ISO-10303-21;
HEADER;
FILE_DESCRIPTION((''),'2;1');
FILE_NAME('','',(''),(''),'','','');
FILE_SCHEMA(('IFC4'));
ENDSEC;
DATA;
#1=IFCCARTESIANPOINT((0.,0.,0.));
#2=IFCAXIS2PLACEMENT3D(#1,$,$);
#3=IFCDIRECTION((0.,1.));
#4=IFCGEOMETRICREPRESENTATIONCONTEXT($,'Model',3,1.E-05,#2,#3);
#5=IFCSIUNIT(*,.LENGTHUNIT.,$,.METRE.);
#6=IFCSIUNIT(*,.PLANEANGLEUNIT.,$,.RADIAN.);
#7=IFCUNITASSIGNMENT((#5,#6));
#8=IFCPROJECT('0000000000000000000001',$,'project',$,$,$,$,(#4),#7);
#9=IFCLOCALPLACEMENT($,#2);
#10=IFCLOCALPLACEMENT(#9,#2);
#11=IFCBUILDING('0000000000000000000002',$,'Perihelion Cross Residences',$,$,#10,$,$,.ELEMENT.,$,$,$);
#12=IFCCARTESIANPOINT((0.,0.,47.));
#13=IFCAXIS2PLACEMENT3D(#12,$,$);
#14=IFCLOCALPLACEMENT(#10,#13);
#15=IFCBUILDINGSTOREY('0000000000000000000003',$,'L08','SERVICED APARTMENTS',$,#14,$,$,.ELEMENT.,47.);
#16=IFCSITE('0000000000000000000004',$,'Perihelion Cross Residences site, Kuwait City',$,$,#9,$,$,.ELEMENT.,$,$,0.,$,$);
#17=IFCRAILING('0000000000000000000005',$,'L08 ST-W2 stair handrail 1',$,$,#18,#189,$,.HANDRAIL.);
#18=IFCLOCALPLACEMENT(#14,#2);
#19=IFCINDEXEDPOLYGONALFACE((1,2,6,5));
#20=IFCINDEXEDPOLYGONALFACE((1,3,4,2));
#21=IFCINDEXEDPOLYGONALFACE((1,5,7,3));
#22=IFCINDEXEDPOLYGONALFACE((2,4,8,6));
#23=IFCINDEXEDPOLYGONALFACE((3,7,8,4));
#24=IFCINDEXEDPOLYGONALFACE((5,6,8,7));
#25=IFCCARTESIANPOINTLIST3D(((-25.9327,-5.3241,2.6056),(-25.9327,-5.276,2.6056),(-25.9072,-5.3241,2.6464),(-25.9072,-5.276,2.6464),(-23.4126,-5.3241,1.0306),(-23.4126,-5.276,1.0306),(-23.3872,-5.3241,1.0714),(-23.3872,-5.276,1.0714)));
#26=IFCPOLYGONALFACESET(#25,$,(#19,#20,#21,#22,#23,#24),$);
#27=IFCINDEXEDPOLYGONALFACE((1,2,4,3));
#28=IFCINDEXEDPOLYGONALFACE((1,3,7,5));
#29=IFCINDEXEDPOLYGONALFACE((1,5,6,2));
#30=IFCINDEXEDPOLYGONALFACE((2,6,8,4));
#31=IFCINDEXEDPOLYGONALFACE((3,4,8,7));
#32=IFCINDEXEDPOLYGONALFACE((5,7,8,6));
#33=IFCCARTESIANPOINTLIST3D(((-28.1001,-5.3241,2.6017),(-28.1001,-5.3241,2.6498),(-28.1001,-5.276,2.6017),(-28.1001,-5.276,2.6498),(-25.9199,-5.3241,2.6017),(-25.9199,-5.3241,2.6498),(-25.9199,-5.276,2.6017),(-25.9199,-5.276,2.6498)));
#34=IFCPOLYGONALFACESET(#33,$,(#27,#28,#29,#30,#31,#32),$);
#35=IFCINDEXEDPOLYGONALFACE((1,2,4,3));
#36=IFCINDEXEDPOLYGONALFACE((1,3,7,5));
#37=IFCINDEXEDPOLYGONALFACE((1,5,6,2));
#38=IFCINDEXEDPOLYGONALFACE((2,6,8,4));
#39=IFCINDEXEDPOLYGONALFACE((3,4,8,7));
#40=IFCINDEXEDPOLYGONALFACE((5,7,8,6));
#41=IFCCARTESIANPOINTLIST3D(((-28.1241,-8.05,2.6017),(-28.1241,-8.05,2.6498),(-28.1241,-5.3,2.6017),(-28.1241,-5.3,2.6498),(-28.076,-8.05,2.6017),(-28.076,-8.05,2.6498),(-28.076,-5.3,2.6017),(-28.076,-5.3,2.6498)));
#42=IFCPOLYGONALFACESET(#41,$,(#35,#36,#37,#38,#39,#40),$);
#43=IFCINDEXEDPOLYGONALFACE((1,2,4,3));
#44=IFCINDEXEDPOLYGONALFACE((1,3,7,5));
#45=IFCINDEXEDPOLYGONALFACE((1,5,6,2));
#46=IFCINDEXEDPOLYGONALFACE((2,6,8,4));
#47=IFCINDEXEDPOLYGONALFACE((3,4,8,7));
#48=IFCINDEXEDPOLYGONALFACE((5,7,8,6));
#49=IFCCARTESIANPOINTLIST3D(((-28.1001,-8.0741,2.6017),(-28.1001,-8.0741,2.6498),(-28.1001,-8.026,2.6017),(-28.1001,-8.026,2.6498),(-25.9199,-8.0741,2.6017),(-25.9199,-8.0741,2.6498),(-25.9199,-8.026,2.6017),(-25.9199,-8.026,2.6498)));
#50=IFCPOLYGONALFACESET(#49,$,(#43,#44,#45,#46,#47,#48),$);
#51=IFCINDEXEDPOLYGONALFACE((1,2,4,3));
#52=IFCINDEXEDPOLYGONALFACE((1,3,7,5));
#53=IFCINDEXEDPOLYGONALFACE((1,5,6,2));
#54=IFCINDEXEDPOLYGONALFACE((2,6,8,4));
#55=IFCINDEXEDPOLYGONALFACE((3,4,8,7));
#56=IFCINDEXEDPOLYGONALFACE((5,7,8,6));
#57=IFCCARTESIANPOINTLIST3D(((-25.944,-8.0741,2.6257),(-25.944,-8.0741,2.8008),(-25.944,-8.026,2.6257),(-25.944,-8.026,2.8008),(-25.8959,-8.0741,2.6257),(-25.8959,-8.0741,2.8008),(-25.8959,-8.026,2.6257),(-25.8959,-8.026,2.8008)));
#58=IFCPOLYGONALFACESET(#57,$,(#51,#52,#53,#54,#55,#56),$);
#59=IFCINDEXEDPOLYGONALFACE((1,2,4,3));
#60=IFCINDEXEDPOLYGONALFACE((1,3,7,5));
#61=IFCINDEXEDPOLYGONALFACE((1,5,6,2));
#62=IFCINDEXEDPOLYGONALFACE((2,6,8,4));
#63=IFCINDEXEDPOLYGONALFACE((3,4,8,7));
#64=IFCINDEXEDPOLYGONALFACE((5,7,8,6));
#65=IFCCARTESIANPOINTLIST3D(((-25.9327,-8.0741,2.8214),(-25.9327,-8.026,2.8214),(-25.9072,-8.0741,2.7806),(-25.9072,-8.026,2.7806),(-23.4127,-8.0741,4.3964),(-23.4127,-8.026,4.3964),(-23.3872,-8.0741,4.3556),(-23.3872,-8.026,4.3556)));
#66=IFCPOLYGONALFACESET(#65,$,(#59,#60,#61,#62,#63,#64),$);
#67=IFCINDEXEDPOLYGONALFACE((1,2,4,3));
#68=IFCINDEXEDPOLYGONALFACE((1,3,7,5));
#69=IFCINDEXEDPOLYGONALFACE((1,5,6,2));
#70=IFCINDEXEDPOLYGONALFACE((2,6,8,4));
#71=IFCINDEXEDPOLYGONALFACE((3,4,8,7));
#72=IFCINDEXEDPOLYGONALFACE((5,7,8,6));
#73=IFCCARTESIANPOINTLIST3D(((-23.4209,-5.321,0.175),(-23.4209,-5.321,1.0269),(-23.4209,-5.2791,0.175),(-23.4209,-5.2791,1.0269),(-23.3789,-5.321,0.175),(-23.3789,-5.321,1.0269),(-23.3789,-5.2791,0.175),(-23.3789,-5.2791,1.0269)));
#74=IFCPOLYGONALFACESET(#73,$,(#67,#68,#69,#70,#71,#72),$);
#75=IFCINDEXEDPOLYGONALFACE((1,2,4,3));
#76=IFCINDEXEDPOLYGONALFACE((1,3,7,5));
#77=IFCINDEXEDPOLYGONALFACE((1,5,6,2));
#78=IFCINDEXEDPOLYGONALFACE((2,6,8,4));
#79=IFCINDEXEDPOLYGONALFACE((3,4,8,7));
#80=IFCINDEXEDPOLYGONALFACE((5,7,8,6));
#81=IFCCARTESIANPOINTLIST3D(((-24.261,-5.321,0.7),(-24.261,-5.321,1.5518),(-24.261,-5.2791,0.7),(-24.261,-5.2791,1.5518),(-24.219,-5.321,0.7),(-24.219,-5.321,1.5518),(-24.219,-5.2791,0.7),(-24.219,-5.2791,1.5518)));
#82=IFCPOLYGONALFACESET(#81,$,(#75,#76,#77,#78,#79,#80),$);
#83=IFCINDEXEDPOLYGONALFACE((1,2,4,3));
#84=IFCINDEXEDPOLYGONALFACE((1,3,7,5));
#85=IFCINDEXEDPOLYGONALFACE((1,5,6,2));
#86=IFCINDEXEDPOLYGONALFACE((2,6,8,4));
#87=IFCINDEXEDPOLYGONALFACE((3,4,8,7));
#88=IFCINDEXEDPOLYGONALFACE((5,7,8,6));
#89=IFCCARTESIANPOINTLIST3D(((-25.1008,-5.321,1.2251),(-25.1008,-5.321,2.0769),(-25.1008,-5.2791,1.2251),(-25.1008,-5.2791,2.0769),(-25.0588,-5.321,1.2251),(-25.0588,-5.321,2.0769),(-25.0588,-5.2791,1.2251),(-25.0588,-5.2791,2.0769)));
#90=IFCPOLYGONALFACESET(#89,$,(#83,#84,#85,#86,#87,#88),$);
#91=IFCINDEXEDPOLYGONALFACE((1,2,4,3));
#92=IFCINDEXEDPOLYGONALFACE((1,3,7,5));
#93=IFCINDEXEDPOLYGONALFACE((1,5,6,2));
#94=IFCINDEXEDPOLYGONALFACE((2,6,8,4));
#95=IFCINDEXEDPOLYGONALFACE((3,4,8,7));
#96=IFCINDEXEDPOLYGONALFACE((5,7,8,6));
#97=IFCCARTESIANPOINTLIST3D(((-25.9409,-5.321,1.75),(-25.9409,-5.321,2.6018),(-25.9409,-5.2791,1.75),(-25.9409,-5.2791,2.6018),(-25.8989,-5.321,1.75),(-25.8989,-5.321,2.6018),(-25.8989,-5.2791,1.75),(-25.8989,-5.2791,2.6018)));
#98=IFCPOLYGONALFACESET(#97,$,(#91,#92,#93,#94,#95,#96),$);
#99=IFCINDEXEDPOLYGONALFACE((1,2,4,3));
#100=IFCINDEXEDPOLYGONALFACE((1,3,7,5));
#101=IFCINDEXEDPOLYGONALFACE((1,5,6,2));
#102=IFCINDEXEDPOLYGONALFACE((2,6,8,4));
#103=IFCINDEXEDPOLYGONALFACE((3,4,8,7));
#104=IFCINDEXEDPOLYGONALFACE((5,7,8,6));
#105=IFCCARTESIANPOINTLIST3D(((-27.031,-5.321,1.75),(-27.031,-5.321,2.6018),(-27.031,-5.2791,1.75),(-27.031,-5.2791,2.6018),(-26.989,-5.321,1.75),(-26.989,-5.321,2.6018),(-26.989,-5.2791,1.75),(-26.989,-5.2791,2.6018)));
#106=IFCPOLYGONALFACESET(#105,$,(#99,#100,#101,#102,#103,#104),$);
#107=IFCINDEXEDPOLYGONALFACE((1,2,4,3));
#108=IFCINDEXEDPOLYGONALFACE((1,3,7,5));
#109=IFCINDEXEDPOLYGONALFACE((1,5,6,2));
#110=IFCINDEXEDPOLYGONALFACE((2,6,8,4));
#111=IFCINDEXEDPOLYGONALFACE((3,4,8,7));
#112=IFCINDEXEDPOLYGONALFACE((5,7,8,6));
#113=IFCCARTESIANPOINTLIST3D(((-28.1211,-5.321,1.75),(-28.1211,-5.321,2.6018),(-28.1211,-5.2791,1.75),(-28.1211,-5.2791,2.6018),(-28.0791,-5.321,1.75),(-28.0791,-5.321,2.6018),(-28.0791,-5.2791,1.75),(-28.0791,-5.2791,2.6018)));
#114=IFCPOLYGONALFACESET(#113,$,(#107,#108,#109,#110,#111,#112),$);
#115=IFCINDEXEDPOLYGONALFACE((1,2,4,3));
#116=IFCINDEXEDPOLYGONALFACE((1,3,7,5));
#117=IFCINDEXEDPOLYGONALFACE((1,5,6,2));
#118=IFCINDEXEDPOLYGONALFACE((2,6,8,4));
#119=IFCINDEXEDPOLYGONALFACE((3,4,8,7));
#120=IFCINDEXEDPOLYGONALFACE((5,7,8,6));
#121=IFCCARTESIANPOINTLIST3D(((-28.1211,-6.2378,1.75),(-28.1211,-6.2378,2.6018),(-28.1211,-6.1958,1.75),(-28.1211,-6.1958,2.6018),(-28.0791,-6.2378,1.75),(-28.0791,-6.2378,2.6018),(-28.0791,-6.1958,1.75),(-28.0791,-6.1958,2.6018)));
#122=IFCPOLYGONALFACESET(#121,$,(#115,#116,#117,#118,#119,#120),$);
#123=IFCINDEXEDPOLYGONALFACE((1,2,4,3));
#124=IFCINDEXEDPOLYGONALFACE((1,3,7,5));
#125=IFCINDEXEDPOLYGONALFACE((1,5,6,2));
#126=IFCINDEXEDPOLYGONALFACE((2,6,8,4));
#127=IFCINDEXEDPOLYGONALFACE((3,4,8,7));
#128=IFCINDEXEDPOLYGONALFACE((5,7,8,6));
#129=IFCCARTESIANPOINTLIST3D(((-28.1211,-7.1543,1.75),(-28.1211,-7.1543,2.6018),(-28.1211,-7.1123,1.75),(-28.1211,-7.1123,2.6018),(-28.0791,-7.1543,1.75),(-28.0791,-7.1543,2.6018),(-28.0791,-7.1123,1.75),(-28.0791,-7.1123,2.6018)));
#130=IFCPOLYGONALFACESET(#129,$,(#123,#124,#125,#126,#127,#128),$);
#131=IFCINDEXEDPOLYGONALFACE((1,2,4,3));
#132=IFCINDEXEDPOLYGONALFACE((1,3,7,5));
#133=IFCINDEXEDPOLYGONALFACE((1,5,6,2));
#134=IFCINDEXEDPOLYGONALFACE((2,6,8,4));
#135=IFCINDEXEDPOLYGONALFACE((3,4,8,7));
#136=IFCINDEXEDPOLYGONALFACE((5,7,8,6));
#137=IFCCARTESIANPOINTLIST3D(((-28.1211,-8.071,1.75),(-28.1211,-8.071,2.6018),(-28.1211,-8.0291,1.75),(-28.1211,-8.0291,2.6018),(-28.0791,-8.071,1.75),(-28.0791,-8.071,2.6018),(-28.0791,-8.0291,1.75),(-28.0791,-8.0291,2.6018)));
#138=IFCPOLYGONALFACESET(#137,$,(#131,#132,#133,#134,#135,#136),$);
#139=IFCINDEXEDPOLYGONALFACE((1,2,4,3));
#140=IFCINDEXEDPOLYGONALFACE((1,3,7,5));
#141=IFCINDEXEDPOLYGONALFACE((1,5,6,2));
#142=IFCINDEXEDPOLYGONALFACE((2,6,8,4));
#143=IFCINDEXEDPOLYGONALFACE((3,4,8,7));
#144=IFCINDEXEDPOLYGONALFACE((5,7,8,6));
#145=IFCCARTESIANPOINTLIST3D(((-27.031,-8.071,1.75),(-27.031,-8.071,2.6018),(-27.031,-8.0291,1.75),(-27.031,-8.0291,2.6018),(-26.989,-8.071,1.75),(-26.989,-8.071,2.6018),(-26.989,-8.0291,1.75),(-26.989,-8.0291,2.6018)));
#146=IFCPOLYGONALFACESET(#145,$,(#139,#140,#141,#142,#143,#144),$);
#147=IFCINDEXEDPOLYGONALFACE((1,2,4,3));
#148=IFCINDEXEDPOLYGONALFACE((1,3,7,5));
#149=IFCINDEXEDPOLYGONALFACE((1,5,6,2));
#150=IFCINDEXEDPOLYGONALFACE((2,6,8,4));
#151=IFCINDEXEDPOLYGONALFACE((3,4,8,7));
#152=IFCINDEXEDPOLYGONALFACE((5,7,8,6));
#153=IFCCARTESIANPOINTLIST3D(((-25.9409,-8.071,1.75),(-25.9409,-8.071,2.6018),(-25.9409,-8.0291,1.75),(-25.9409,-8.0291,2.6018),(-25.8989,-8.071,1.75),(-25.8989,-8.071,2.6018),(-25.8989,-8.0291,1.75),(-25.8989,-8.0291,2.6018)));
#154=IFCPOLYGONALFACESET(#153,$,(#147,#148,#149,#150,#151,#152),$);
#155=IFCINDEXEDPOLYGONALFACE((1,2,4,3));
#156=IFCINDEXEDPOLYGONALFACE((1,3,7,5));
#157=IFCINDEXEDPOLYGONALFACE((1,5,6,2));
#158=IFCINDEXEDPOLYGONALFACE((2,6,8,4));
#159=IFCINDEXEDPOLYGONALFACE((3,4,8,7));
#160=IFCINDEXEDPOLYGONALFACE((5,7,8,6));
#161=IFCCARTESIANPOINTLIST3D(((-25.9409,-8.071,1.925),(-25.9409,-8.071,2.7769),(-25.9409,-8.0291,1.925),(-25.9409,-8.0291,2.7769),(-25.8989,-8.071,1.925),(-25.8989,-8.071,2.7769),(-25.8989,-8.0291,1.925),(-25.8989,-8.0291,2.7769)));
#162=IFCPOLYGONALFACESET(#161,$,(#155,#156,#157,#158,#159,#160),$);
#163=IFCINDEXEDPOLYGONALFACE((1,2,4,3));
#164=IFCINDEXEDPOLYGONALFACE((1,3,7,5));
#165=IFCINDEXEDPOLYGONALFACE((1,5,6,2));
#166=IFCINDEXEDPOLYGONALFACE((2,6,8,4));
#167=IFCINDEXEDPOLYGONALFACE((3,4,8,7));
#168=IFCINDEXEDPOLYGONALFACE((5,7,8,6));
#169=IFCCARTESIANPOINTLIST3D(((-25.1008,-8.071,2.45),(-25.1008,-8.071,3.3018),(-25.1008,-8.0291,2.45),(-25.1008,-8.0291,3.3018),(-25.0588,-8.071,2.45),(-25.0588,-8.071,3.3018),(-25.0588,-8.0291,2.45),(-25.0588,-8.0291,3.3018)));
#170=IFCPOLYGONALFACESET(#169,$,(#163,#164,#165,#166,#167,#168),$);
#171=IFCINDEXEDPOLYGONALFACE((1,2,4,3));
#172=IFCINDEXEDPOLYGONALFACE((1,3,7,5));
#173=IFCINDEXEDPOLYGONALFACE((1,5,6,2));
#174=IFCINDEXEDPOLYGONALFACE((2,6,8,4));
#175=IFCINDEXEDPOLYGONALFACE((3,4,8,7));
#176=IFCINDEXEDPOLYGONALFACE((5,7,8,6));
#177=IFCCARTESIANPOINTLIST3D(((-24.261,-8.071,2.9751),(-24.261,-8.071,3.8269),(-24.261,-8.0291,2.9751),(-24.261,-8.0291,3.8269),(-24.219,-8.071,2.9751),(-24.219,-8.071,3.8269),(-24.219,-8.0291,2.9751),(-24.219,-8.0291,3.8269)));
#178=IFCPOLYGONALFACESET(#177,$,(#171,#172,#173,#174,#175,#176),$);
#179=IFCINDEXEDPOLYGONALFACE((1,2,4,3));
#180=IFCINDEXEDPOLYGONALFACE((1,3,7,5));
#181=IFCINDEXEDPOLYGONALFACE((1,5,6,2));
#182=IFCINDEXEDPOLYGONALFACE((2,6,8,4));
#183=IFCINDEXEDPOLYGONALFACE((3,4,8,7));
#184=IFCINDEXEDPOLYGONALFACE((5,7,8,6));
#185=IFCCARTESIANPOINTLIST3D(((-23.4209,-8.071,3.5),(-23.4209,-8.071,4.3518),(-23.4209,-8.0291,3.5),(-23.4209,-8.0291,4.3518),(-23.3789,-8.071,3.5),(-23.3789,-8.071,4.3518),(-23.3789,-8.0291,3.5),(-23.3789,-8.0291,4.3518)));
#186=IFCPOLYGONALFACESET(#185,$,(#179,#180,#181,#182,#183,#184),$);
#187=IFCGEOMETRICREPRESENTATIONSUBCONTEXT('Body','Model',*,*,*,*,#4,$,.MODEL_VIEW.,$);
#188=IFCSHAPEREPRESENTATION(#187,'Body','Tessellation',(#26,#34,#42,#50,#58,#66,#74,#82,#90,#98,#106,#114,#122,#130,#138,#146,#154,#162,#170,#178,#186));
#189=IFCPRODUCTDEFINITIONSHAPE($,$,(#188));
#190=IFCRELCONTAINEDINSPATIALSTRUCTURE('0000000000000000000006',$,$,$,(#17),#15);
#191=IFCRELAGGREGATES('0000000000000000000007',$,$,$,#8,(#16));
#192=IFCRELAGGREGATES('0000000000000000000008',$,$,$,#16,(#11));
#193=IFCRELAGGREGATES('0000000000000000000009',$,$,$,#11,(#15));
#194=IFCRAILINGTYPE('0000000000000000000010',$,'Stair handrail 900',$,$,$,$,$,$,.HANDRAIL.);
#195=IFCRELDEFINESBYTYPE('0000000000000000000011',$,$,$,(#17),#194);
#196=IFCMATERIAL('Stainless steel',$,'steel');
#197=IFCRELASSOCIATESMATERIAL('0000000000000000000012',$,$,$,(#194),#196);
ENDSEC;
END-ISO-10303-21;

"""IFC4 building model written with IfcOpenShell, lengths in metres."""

from ifc_helpers import new_model, si_unit, direction, frame, origin, origin_2d, place, context, subcontext, project, spatial, rectangle, extrude, material, type_object, element, save


model = new_model("IFC4")

# Units and contexts
model_context = context("Model", 3, precision=1e-05, world=origin(), true_north=direction((0.0, 1.0)))
body_context = subcontext(model_context, "Body", "Model", "MODEL_VIEW")
ifc_project = project(units=[si_unit("LENGTHUNIT", "METRE"), si_unit("PLANEANGLEUNIT", "RADIAN")], contexts=[model_context])

# Site, building, storey
site_placement = place(None, origin())
site = spatial("IfcSite", under=ifc_project, at=site_placement, Name="Perihelion Cross Residences site, Kuwait City", CompositionType="ELEMENT", RefElevation=0.0)
building_placement = place(site_placement, origin())
building = spatial("IfcBuilding", under=site, at=building_placement, Name="Perihelion Cross Residences", CompositionType="ELEMENT")
storey_placement = place(building_placement, frame((0.0, 0.0, 47.0)))
storey = spatial("IfcBuildingStorey", under=building, at=storey_placement, Name="L08", Description="SERVICED APARTMENTS", CompositionType="ELEMENT", Elevation=47.0)

# Railing
ifc_material_1 = material(Name="Stainless steel", Category="steel")
railing_type_1 = type_object("IfcRailingType", Name="Stair handrail 900", PredefinedType="HANDRAIL", material=ifc_material_1)
railing_1_placement = place(storey_placement, frame((-23.3999, -5.3, 0.175)))
element("IfcRailing", 1, at=railing_1_placement, inside=storey, type_object=railing_type_1, Name="L08 ST-W2 stair handrail 1", PredefinedType="HANDRAIL", context=body_context, shape_type="SweptSolid", body=[
    extrude(rectangle(XDim=0.0481, YDim=0.0481, at=origin_2d()), frame((0.0, 0.0, 0.876), z_axis=(-0.848008, 0.0, 0.529984), x_axis=(0.0, -1.0, 0.0)), (0.0, 0.0, 1.0), 2.9717),
    extrude(rectangle(XDim=0.0481, YDim=0.0481, at=origin_2d()), frame((-2.52, 0.0, 2.4507), z_axis=(-1.0, 0.0, 0.0), x_axis=(0.0, -1.0, 0.0)), (0.0, 0.0, 1.0), 2.1802),
    extrude(rectangle(XDim=0.0481, YDim=0.0481, at=origin_2d()), frame((-4.7002, 0.0, 2.4507), z_axis=(0.0, -1.0, 0.0), x_axis=(1.0, 0.0, 0.0)), (0.0, 0.0, 1.0), 2.75),
    extrude(rectangle(XDim=0.0481, YDim=0.0481, at=origin_2d()), frame((-4.7002, -2.75, 2.4507), z_axis=(1.0, 0.0, 0.0), x_axis=(0.0, 1.0, 0.0)), (0.0, 0.0, 1.0), 2.1802),
    extrude(rectangle(XDim=0.0481, YDim=0.0481, at=origin_2d()), frame((-2.52, -2.75, 2.4507), z_axis=(0.0, 0.0, 1.0), x_axis=(1.0, 0.0, 0.0)), (0.0, 0.0, 1.0), 0.175),
    extrude(rectangle(XDim=0.0481, YDim=0.0481, at=origin_2d()), frame((-2.52, -2.75, 2.626), z_axis=(0.848008, 0.0, 0.529984), x_axis=(0.0, 1.0, 0.0)), (0.0, 0.0, 1.0), 2.9717),
    extrude(rectangle(XDim=0.042, YDim=0.042, at=origin_2d()), origin(), (0.0, 0.0, 1.0), 0.8518),
    extrude(rectangle(XDim=0.042, YDim=0.042, at=origin_2d()), frame((-0.8401, 0.0, 0.5249)), (0.0, 0.0, 1.0), 0.8518),
    extrude(rectangle(XDim=0.042, YDim=0.042, at=origin_2d()), frame((-1.6799, 0.0, 1.05)), (0.0, 0.0, 1.0), 0.8518),
    extrude(rectangle(XDim=0.042, YDim=0.042, at=origin_2d()), frame((-2.52, 0.0, 1.575)), (0.0, 0.0, 1.0), 0.8518),
    extrude(rectangle(XDim=0.042, YDim=0.042, at=origin_2d()), frame((-3.6101, 0.0, 1.575)), (0.0, 0.0, 1.0), 0.8518),
    extrude(rectangle(XDim=0.042, YDim=0.042, at=origin_2d()), frame((-4.7002, 0.0, 1.575)), (0.0, 0.0, 1.0), 0.8518),
    extrude(rectangle(XDim=0.042, YDim=0.042, at=origin_2d()), frame((-4.7002, -0.9167, 1.575)), (0.0, 0.0, 1.0), 0.8518),
    extrude(rectangle(XDim=0.042, YDim=0.042, at=origin_2d()), frame((-4.7002, -1.8333, 1.575)), (0.0, 0.0, 1.0), 0.8518),
    extrude(rectangle(XDim=0.042, YDim=0.042, at=origin_2d()), frame((-4.7002, -2.75, 1.575)), (0.0, 0.0, 1.0), 0.8518),
    extrude(rectangle(XDim=0.042, YDim=0.042, at=origin_2d()), frame((-3.6101, -2.75, 1.575)), (0.0, 0.0, 1.0), 0.8518),
    extrude(rectangle(XDim=0.042, YDim=0.042, at=origin_2d()), frame((-2.52, -2.75, 1.575)), (0.0, 0.0, 1.0), 0.8518),
    extrude(rectangle(XDim=0.042, YDim=0.042, at=origin_2d()), frame((-2.52, -2.75, 1.75)), (0.0, 0.0, 1.0), 0.8518),
    extrude(rectangle(XDim=0.042, YDim=0.042, at=origin_2d()), frame((-1.6799, -2.75, 2.2749)), (0.0, 0.0, 1.0), 0.8518),
    extrude(rectangle(XDim=0.042, YDim=0.042, at=origin_2d()), frame((-0.8401, -2.75, 2.8)), (0.0, 0.0, 1.0), 0.8518),
    extrude(rectangle(XDim=0.042, YDim=0.042, at=origin_2d()), frame((0.0, -2.75, 3.325)), (0.0, 0.0, 1.0), 0.8518),
])

save(model, "model.ifc")
